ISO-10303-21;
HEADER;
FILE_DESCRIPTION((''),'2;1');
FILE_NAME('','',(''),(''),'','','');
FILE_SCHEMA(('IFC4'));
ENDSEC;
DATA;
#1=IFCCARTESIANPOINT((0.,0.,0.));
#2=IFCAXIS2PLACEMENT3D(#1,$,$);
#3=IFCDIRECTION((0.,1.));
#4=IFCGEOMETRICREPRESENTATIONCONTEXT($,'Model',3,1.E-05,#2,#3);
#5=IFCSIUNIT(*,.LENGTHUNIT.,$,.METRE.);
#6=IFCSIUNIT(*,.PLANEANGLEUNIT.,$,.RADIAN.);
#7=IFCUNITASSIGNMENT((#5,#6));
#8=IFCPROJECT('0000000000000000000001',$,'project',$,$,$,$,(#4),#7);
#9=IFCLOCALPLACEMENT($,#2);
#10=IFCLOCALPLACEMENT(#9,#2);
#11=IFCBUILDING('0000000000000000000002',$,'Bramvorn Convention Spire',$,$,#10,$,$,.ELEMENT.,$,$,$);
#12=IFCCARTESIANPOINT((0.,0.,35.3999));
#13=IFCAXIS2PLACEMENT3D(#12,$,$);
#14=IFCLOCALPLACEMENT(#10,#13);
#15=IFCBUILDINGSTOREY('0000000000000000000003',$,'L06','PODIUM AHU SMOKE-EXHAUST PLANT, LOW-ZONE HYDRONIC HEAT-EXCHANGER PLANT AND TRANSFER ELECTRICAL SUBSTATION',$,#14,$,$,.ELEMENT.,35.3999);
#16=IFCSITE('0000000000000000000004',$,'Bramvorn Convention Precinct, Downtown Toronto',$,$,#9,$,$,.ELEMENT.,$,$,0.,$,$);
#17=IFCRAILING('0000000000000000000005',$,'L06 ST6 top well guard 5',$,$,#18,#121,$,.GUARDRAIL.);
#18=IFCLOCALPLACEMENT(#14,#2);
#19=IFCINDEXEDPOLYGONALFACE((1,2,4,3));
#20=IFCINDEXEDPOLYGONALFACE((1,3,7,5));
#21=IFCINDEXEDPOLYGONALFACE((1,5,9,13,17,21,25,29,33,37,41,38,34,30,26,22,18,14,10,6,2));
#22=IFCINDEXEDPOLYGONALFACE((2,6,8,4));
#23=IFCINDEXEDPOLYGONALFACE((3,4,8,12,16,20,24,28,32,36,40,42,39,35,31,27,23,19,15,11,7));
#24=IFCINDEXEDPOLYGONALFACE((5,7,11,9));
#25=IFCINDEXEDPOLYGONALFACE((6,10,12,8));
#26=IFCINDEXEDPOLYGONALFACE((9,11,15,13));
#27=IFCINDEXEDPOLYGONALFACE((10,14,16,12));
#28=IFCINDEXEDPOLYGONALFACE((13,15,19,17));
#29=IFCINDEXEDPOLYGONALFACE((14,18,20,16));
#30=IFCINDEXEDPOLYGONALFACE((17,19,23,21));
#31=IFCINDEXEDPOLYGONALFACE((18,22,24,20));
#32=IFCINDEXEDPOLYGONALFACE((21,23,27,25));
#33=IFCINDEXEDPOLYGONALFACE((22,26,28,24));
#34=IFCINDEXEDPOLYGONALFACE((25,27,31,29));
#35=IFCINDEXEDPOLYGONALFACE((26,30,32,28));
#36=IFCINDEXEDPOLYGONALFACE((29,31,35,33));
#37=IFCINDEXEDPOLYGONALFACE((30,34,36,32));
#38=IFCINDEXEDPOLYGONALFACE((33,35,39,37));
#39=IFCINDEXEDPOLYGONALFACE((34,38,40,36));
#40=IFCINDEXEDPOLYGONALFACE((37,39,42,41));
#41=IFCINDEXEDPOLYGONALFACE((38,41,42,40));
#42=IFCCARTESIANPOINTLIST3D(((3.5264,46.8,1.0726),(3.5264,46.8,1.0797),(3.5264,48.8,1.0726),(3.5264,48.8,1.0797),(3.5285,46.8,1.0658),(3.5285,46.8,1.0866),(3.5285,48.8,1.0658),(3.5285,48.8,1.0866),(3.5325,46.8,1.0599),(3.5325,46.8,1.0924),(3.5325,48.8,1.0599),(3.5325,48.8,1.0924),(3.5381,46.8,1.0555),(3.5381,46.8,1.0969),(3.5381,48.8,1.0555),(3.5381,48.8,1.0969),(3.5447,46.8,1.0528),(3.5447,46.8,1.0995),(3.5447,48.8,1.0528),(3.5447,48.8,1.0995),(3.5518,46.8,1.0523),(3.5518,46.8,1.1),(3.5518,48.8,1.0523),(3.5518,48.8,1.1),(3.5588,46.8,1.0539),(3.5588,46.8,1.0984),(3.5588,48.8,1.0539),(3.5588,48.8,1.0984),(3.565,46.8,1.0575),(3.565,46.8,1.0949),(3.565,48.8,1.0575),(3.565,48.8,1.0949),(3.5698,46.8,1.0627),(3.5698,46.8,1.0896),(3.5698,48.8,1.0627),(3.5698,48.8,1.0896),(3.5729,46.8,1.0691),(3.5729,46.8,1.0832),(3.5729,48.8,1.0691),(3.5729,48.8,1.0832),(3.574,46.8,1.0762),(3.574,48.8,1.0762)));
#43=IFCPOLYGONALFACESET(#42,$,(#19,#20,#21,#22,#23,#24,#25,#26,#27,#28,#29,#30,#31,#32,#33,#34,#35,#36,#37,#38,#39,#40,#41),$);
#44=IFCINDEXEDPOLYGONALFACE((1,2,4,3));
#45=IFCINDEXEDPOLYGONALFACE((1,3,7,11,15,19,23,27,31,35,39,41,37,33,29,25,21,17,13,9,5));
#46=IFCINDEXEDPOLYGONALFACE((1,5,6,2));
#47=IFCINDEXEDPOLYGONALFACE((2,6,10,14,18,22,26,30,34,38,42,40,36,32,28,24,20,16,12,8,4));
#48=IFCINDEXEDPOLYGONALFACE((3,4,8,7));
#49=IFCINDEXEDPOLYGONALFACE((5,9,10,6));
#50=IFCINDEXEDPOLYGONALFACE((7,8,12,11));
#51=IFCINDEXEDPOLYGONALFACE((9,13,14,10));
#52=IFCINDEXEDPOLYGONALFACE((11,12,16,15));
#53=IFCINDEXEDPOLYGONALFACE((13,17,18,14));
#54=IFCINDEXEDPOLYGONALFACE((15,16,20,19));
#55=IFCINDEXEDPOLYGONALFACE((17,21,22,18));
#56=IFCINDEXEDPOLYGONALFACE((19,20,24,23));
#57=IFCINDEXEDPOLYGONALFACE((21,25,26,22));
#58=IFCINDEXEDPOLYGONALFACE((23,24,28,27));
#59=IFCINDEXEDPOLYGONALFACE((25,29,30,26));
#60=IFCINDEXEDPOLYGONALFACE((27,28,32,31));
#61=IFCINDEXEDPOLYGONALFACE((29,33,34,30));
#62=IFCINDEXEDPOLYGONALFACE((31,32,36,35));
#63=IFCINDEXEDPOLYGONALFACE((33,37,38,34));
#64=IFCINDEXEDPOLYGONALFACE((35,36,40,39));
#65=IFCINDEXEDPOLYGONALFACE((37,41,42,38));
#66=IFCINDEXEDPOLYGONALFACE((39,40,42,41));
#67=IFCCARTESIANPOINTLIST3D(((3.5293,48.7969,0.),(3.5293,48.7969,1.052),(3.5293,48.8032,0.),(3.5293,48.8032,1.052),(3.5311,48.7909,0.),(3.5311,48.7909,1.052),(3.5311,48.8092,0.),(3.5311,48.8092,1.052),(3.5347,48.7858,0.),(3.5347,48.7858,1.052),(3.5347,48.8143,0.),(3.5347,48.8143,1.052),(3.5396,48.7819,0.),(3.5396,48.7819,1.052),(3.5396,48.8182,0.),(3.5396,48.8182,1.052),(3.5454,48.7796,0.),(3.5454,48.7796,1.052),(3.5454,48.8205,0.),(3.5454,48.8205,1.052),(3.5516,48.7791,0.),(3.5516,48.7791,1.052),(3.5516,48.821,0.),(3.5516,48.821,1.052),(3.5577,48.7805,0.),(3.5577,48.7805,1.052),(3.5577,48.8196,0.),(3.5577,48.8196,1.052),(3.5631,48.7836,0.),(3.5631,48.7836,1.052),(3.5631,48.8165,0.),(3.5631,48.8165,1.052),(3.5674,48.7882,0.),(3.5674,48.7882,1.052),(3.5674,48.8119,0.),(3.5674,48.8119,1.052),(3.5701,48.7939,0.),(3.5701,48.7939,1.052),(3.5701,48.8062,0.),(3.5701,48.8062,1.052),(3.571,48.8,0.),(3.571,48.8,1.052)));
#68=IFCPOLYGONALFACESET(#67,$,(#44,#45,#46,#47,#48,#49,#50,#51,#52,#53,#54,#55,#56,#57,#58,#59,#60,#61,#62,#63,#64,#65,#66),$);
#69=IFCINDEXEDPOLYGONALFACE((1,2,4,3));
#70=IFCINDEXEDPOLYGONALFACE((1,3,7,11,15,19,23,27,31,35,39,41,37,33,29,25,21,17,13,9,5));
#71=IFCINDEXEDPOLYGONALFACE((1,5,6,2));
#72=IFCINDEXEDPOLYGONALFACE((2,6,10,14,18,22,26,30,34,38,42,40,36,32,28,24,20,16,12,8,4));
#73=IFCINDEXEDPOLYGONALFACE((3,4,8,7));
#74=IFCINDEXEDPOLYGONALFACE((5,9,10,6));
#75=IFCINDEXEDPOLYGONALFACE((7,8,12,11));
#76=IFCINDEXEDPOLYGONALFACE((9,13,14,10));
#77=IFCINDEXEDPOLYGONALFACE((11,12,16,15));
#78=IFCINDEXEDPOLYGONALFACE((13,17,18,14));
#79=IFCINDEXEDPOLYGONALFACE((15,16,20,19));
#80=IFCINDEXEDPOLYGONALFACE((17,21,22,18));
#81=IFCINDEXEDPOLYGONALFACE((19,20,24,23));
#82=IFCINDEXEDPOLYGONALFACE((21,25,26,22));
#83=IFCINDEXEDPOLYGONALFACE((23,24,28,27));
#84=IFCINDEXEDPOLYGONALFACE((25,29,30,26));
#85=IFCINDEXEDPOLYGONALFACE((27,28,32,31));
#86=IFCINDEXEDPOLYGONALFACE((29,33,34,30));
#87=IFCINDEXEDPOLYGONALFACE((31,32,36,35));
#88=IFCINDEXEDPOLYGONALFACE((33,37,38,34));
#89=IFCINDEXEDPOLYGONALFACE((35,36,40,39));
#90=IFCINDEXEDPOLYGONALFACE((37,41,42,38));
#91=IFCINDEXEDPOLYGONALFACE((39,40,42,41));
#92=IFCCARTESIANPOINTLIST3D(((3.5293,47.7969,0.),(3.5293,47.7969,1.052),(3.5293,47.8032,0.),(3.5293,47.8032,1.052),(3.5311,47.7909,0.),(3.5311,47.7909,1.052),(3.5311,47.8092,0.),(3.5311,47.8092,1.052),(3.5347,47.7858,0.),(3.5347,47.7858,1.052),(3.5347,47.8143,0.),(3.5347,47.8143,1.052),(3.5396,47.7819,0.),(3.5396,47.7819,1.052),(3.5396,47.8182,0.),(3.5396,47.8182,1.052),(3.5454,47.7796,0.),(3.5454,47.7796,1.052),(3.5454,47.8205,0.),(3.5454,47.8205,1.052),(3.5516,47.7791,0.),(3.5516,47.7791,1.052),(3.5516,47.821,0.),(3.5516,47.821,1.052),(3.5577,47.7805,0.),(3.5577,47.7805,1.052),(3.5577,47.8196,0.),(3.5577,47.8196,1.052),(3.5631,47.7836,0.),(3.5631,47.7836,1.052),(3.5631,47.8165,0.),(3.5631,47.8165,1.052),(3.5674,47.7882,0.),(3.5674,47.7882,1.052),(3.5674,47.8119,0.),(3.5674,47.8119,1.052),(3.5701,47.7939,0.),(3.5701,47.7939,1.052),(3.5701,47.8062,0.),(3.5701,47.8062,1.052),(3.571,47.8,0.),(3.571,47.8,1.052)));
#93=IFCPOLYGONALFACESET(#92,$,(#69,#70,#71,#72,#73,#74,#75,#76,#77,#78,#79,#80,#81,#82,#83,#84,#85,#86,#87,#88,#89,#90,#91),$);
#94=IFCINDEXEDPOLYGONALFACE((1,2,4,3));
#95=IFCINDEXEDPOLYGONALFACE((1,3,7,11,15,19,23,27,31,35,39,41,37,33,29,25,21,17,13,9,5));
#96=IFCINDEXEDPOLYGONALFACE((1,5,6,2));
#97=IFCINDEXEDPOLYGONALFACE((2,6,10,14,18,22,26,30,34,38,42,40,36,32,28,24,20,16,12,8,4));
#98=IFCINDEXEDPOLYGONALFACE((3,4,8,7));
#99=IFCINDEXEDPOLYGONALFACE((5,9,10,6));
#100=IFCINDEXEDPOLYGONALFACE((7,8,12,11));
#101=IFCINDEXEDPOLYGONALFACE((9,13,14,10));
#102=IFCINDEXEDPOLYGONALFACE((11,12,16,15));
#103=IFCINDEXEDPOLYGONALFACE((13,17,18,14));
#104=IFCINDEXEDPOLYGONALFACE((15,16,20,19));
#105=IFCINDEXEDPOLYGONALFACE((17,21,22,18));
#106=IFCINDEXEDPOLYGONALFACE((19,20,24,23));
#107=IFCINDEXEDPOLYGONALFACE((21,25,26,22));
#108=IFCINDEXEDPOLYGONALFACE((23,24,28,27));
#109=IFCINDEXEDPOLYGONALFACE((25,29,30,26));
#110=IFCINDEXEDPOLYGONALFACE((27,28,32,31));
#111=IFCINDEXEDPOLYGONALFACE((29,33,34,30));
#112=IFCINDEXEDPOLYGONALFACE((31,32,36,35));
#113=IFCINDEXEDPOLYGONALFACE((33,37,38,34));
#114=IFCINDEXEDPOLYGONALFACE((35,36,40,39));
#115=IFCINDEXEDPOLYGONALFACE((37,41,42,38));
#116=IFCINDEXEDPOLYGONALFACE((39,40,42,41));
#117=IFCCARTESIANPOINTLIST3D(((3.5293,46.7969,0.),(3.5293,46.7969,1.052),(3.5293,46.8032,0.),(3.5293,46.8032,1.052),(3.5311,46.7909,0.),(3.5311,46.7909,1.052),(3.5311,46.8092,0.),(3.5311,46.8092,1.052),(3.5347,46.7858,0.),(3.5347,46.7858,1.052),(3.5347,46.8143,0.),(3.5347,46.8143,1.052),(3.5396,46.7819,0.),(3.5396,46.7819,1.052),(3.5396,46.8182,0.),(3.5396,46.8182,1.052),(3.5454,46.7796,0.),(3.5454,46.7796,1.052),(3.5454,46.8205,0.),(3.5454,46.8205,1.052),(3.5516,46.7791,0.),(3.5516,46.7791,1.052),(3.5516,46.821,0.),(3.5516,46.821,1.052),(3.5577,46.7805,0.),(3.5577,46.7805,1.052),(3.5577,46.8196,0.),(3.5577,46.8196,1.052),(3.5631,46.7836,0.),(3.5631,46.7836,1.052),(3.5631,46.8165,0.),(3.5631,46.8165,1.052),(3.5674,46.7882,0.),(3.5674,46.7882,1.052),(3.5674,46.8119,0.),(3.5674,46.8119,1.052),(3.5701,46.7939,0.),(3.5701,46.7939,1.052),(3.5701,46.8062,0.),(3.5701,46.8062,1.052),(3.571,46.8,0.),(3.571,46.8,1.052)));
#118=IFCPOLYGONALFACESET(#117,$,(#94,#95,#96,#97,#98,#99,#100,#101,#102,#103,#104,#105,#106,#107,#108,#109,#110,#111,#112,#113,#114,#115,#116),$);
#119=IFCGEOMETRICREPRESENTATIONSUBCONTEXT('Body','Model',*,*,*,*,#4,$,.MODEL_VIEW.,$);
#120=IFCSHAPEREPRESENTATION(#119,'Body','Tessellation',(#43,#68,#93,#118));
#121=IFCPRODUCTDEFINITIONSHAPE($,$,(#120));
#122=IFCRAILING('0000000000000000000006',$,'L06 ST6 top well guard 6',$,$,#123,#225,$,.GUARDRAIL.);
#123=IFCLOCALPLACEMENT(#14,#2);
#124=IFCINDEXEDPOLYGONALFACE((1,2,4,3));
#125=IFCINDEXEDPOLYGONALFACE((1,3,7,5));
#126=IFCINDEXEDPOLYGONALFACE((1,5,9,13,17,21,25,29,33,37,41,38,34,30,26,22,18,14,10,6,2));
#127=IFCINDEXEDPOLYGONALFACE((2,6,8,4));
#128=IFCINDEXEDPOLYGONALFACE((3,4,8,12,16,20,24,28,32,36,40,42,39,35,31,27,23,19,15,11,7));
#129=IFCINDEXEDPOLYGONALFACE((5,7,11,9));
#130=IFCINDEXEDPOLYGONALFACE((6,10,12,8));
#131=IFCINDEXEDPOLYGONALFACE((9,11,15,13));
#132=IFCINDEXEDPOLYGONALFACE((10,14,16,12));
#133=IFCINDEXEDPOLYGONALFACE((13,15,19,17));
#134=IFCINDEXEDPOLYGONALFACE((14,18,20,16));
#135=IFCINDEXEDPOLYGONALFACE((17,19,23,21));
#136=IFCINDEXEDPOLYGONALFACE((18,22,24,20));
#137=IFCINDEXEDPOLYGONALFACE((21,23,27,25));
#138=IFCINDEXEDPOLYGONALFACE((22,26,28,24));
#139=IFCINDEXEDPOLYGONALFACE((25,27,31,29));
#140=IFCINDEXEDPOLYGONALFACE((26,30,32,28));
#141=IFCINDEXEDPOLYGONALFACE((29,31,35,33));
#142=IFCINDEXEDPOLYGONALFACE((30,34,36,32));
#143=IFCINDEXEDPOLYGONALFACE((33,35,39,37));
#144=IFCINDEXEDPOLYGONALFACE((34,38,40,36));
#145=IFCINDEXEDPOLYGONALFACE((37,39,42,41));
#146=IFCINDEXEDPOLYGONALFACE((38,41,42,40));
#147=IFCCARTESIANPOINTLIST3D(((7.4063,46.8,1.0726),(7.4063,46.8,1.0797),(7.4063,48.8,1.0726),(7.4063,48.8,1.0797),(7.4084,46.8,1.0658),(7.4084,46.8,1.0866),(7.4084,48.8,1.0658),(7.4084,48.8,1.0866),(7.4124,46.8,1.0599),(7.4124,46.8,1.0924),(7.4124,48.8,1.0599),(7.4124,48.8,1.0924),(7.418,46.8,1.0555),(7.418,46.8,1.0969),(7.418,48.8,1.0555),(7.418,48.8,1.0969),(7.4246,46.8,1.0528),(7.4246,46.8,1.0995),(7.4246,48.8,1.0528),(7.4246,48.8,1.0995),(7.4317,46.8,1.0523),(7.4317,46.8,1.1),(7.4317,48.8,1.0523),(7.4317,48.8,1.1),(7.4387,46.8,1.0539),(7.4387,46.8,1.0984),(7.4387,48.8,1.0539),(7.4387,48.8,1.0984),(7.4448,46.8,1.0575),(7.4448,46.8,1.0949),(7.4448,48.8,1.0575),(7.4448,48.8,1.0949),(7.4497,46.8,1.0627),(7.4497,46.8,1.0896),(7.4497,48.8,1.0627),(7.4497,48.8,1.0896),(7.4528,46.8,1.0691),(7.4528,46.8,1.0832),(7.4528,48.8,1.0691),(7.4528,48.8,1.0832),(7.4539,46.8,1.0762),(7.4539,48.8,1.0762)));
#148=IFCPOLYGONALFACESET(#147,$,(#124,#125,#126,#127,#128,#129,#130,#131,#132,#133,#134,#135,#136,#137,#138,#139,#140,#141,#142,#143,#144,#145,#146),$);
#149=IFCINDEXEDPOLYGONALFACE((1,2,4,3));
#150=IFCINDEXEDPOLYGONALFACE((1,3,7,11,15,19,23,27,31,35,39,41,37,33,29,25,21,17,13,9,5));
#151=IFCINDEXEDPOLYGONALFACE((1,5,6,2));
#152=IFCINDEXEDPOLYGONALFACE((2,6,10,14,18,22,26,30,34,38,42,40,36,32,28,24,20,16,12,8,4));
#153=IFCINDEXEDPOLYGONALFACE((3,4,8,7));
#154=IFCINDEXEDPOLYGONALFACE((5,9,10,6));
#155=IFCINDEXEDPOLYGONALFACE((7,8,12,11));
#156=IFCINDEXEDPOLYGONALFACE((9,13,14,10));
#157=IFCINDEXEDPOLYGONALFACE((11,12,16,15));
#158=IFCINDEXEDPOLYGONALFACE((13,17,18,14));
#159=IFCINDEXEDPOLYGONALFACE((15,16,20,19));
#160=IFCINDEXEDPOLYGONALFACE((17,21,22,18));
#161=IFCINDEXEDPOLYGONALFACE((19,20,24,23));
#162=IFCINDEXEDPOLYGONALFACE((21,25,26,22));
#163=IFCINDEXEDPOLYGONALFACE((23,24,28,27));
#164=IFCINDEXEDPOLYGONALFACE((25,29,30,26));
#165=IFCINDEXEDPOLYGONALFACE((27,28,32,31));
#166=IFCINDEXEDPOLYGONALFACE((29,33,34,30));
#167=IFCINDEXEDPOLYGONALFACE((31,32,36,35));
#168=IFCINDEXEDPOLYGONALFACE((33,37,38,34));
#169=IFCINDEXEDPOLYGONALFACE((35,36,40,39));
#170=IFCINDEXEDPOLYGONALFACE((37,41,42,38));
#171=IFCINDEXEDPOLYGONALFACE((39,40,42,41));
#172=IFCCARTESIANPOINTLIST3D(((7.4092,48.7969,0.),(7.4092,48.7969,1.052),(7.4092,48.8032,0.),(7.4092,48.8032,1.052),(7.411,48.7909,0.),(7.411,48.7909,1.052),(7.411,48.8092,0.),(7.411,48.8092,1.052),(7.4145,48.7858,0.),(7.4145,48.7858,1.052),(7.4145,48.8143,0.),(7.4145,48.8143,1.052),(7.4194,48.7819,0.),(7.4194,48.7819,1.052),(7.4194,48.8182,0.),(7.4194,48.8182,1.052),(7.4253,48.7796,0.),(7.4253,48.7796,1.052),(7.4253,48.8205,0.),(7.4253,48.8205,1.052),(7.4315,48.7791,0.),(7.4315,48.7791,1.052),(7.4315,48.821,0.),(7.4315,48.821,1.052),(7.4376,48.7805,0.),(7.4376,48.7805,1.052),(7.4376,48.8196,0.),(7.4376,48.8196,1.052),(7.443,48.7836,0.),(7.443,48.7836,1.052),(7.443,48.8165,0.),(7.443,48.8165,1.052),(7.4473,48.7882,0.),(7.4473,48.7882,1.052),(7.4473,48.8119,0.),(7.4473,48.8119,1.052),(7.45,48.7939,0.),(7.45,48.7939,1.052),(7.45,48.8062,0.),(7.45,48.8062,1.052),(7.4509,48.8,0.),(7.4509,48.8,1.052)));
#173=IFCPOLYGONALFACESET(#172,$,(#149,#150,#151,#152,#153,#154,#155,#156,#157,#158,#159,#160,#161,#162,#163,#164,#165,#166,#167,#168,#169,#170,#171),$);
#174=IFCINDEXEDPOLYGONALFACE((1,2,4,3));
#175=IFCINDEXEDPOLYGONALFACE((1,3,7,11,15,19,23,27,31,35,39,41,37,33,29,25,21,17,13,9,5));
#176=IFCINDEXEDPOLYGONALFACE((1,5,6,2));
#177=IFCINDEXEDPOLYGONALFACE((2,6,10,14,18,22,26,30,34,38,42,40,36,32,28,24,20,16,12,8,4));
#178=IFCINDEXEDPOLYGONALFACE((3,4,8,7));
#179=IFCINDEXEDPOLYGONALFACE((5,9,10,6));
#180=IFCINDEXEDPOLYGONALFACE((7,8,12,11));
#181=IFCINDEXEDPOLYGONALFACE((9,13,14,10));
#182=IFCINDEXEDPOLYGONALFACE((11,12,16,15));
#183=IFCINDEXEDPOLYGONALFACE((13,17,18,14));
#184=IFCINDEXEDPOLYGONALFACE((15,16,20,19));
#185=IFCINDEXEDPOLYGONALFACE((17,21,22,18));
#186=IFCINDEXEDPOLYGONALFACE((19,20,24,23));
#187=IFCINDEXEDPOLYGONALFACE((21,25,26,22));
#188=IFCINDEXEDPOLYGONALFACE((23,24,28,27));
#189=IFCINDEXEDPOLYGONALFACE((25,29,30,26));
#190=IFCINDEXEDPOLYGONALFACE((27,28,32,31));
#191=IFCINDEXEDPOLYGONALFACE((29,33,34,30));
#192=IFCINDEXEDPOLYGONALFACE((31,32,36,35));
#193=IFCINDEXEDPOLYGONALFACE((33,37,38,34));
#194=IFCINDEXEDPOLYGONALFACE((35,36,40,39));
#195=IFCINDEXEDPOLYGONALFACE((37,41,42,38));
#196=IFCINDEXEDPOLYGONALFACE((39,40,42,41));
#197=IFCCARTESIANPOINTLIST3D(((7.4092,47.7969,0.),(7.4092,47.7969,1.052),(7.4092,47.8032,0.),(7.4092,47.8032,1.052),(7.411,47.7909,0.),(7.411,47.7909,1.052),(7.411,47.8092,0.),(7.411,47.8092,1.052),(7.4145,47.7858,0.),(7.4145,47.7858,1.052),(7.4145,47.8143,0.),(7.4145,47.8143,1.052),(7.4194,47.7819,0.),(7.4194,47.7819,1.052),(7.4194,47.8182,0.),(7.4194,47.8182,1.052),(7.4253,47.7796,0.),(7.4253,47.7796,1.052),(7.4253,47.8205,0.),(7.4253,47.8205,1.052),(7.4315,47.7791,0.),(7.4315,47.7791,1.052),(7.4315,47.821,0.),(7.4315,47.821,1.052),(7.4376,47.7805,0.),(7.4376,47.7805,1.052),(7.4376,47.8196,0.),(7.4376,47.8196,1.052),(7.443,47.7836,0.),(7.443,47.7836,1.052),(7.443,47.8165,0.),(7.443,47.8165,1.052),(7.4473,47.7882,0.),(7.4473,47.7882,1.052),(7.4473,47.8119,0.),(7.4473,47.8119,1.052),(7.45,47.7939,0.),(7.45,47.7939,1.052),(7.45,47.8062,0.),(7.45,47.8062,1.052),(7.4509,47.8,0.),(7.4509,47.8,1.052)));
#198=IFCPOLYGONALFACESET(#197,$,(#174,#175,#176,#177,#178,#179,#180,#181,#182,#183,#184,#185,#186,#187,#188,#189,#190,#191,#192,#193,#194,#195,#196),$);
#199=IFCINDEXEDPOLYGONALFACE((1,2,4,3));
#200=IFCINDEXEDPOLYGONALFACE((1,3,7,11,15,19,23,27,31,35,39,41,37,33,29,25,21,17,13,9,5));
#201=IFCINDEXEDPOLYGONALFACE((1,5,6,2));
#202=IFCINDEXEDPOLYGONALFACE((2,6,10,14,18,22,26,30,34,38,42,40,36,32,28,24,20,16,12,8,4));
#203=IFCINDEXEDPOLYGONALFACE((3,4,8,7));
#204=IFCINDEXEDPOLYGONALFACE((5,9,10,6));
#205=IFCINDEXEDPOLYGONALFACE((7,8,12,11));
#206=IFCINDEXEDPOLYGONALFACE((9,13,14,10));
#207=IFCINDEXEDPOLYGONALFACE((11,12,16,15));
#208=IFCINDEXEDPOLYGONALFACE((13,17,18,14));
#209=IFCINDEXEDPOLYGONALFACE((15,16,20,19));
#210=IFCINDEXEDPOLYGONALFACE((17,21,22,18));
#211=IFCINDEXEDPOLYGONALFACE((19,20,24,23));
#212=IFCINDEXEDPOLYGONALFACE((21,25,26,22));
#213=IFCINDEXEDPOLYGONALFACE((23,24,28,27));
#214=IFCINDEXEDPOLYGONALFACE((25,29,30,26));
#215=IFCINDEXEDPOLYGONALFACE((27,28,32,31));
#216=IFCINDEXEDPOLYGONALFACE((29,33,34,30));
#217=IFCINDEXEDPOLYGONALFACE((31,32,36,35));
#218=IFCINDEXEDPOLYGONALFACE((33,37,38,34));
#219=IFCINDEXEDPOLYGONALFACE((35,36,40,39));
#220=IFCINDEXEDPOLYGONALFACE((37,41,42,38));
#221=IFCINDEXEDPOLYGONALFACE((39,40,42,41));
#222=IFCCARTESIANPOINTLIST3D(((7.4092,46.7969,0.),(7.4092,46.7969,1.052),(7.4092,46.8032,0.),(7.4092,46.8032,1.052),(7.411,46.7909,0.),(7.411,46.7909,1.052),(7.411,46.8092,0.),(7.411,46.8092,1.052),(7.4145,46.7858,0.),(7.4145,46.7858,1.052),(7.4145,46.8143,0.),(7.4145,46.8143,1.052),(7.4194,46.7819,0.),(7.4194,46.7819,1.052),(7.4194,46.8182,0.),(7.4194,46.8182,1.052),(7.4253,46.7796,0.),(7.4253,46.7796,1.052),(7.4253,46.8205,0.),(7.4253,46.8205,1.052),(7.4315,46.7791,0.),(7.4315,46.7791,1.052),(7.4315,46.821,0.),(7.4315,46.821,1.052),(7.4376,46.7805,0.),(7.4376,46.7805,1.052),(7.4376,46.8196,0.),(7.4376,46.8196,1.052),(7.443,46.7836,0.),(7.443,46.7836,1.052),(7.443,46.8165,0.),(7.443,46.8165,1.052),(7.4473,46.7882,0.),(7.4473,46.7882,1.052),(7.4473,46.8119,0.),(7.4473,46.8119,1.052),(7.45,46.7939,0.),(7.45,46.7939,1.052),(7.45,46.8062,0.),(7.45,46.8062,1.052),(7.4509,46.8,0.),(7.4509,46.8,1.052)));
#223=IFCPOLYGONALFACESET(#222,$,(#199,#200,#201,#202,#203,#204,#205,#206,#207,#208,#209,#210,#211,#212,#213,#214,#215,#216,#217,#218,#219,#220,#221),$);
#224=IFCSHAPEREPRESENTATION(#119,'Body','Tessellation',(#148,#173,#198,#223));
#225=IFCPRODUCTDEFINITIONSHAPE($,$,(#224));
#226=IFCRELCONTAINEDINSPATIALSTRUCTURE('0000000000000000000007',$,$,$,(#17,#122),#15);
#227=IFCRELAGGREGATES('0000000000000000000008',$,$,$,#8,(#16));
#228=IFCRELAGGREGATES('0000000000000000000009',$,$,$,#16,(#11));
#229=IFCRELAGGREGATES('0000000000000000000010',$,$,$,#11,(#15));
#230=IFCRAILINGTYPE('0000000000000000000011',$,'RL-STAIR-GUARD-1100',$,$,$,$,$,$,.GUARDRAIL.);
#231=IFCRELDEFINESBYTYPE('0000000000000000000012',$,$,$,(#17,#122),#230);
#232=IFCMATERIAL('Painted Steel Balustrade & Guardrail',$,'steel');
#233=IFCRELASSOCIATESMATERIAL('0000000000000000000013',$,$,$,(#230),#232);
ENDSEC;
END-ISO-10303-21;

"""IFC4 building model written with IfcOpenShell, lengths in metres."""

from ifc_helpers import new_model, si_unit, direction, frame, origin, origin_2d, place, context, subcontext, project, spatial, circle, extrude, material, type_object, element, save


model = new_model("IFC4")

# Units and contexts
model_context = context("Model", 3, precision=1e-05, world=origin(), true_north=direction((0.0, 1.0)))
body_context = subcontext(model_context, "Body", "Model", "MODEL_VIEW")
ifc_project = project(units=[si_unit("LENGTHUNIT", "METRE"), si_unit("PLANEANGLEUNIT", "RADIAN")], contexts=[model_context])

# Site, building, storey
site_placement = place(None, origin())
site = spatial("IfcSite", under=ifc_project, at=site_placement, Name="Bramvorn Convention Precinct, Downtown Toronto", CompositionType="ELEMENT", RefElevation=0.0)
building_placement = place(site_placement, origin())
building = spatial("IfcBuilding", under=site, at=building_placement, Name="Bramvorn Convention Spire", CompositionType="ELEMENT")
storey_placement = place(building_placement, frame((0.0, 0.0, 35.3999)))
storey = spatial("IfcBuildingStorey", under=building, at=storey_placement, Name="L06", Description="PODIUM AHU SMOKE-EXHAUST PLANT, LOW-ZONE HYDRONIC HEAT-EXCHANGER PLANT AND TRANSFER ELECTRICAL SUBSTATION", CompositionType="ELEMENT", Elevation=35.3999)

# Railings
ifc_material_1 = material(Name="Painted Steel Balustrade & Guardrail", Category="steel")
railing_type_1 = type_object("IfcRailingType", Name="RL-STAIR-GUARD-1100", PredefinedType="GUARDRAIL", material=ifc_material_1)
for number, where, name in (
    (1, (3.55, 48.8, 0.0), "L06 ST6 top well guard 5"),
    (2, (7.4299, 48.8, 0.0), "L06 ST6 top well guard 6"),
):
    element("IfcRailing", number, at=place(storey_placement, frame(where)), inside=storey, type_object=railing_type_1, Name=name, PredefinedType="GUARDRAIL", context=body_context, shape_type="SweptSolid", body=[
        extrude(circle(Radius=0.0239, at=origin_2d()), frame((0.0, 0.0, 1.0762), z_axis=(0.0, -1.0, 0.0), x_axis=(1.0, 0.0, 0.0)), (0.0, 0.0, 1.0), 2.0),
        extrude(circle(Radius=0.021, at=origin_2d()), origin(), (0.0, 0.0, 1.0), 1.052),
        extrude(circle(Radius=0.021, at=origin_2d()), frame((0.0, -1.0, 0.0)), (0.0, 0.0, 1.0), 1.052),
        extrude(circle(Radius=0.021, at=origin_2d()), frame((0.0, -2.0, 0.0)), (0.0, 0.0, 1.0), 1.052),
    ])

save(model, "model.ifc")
